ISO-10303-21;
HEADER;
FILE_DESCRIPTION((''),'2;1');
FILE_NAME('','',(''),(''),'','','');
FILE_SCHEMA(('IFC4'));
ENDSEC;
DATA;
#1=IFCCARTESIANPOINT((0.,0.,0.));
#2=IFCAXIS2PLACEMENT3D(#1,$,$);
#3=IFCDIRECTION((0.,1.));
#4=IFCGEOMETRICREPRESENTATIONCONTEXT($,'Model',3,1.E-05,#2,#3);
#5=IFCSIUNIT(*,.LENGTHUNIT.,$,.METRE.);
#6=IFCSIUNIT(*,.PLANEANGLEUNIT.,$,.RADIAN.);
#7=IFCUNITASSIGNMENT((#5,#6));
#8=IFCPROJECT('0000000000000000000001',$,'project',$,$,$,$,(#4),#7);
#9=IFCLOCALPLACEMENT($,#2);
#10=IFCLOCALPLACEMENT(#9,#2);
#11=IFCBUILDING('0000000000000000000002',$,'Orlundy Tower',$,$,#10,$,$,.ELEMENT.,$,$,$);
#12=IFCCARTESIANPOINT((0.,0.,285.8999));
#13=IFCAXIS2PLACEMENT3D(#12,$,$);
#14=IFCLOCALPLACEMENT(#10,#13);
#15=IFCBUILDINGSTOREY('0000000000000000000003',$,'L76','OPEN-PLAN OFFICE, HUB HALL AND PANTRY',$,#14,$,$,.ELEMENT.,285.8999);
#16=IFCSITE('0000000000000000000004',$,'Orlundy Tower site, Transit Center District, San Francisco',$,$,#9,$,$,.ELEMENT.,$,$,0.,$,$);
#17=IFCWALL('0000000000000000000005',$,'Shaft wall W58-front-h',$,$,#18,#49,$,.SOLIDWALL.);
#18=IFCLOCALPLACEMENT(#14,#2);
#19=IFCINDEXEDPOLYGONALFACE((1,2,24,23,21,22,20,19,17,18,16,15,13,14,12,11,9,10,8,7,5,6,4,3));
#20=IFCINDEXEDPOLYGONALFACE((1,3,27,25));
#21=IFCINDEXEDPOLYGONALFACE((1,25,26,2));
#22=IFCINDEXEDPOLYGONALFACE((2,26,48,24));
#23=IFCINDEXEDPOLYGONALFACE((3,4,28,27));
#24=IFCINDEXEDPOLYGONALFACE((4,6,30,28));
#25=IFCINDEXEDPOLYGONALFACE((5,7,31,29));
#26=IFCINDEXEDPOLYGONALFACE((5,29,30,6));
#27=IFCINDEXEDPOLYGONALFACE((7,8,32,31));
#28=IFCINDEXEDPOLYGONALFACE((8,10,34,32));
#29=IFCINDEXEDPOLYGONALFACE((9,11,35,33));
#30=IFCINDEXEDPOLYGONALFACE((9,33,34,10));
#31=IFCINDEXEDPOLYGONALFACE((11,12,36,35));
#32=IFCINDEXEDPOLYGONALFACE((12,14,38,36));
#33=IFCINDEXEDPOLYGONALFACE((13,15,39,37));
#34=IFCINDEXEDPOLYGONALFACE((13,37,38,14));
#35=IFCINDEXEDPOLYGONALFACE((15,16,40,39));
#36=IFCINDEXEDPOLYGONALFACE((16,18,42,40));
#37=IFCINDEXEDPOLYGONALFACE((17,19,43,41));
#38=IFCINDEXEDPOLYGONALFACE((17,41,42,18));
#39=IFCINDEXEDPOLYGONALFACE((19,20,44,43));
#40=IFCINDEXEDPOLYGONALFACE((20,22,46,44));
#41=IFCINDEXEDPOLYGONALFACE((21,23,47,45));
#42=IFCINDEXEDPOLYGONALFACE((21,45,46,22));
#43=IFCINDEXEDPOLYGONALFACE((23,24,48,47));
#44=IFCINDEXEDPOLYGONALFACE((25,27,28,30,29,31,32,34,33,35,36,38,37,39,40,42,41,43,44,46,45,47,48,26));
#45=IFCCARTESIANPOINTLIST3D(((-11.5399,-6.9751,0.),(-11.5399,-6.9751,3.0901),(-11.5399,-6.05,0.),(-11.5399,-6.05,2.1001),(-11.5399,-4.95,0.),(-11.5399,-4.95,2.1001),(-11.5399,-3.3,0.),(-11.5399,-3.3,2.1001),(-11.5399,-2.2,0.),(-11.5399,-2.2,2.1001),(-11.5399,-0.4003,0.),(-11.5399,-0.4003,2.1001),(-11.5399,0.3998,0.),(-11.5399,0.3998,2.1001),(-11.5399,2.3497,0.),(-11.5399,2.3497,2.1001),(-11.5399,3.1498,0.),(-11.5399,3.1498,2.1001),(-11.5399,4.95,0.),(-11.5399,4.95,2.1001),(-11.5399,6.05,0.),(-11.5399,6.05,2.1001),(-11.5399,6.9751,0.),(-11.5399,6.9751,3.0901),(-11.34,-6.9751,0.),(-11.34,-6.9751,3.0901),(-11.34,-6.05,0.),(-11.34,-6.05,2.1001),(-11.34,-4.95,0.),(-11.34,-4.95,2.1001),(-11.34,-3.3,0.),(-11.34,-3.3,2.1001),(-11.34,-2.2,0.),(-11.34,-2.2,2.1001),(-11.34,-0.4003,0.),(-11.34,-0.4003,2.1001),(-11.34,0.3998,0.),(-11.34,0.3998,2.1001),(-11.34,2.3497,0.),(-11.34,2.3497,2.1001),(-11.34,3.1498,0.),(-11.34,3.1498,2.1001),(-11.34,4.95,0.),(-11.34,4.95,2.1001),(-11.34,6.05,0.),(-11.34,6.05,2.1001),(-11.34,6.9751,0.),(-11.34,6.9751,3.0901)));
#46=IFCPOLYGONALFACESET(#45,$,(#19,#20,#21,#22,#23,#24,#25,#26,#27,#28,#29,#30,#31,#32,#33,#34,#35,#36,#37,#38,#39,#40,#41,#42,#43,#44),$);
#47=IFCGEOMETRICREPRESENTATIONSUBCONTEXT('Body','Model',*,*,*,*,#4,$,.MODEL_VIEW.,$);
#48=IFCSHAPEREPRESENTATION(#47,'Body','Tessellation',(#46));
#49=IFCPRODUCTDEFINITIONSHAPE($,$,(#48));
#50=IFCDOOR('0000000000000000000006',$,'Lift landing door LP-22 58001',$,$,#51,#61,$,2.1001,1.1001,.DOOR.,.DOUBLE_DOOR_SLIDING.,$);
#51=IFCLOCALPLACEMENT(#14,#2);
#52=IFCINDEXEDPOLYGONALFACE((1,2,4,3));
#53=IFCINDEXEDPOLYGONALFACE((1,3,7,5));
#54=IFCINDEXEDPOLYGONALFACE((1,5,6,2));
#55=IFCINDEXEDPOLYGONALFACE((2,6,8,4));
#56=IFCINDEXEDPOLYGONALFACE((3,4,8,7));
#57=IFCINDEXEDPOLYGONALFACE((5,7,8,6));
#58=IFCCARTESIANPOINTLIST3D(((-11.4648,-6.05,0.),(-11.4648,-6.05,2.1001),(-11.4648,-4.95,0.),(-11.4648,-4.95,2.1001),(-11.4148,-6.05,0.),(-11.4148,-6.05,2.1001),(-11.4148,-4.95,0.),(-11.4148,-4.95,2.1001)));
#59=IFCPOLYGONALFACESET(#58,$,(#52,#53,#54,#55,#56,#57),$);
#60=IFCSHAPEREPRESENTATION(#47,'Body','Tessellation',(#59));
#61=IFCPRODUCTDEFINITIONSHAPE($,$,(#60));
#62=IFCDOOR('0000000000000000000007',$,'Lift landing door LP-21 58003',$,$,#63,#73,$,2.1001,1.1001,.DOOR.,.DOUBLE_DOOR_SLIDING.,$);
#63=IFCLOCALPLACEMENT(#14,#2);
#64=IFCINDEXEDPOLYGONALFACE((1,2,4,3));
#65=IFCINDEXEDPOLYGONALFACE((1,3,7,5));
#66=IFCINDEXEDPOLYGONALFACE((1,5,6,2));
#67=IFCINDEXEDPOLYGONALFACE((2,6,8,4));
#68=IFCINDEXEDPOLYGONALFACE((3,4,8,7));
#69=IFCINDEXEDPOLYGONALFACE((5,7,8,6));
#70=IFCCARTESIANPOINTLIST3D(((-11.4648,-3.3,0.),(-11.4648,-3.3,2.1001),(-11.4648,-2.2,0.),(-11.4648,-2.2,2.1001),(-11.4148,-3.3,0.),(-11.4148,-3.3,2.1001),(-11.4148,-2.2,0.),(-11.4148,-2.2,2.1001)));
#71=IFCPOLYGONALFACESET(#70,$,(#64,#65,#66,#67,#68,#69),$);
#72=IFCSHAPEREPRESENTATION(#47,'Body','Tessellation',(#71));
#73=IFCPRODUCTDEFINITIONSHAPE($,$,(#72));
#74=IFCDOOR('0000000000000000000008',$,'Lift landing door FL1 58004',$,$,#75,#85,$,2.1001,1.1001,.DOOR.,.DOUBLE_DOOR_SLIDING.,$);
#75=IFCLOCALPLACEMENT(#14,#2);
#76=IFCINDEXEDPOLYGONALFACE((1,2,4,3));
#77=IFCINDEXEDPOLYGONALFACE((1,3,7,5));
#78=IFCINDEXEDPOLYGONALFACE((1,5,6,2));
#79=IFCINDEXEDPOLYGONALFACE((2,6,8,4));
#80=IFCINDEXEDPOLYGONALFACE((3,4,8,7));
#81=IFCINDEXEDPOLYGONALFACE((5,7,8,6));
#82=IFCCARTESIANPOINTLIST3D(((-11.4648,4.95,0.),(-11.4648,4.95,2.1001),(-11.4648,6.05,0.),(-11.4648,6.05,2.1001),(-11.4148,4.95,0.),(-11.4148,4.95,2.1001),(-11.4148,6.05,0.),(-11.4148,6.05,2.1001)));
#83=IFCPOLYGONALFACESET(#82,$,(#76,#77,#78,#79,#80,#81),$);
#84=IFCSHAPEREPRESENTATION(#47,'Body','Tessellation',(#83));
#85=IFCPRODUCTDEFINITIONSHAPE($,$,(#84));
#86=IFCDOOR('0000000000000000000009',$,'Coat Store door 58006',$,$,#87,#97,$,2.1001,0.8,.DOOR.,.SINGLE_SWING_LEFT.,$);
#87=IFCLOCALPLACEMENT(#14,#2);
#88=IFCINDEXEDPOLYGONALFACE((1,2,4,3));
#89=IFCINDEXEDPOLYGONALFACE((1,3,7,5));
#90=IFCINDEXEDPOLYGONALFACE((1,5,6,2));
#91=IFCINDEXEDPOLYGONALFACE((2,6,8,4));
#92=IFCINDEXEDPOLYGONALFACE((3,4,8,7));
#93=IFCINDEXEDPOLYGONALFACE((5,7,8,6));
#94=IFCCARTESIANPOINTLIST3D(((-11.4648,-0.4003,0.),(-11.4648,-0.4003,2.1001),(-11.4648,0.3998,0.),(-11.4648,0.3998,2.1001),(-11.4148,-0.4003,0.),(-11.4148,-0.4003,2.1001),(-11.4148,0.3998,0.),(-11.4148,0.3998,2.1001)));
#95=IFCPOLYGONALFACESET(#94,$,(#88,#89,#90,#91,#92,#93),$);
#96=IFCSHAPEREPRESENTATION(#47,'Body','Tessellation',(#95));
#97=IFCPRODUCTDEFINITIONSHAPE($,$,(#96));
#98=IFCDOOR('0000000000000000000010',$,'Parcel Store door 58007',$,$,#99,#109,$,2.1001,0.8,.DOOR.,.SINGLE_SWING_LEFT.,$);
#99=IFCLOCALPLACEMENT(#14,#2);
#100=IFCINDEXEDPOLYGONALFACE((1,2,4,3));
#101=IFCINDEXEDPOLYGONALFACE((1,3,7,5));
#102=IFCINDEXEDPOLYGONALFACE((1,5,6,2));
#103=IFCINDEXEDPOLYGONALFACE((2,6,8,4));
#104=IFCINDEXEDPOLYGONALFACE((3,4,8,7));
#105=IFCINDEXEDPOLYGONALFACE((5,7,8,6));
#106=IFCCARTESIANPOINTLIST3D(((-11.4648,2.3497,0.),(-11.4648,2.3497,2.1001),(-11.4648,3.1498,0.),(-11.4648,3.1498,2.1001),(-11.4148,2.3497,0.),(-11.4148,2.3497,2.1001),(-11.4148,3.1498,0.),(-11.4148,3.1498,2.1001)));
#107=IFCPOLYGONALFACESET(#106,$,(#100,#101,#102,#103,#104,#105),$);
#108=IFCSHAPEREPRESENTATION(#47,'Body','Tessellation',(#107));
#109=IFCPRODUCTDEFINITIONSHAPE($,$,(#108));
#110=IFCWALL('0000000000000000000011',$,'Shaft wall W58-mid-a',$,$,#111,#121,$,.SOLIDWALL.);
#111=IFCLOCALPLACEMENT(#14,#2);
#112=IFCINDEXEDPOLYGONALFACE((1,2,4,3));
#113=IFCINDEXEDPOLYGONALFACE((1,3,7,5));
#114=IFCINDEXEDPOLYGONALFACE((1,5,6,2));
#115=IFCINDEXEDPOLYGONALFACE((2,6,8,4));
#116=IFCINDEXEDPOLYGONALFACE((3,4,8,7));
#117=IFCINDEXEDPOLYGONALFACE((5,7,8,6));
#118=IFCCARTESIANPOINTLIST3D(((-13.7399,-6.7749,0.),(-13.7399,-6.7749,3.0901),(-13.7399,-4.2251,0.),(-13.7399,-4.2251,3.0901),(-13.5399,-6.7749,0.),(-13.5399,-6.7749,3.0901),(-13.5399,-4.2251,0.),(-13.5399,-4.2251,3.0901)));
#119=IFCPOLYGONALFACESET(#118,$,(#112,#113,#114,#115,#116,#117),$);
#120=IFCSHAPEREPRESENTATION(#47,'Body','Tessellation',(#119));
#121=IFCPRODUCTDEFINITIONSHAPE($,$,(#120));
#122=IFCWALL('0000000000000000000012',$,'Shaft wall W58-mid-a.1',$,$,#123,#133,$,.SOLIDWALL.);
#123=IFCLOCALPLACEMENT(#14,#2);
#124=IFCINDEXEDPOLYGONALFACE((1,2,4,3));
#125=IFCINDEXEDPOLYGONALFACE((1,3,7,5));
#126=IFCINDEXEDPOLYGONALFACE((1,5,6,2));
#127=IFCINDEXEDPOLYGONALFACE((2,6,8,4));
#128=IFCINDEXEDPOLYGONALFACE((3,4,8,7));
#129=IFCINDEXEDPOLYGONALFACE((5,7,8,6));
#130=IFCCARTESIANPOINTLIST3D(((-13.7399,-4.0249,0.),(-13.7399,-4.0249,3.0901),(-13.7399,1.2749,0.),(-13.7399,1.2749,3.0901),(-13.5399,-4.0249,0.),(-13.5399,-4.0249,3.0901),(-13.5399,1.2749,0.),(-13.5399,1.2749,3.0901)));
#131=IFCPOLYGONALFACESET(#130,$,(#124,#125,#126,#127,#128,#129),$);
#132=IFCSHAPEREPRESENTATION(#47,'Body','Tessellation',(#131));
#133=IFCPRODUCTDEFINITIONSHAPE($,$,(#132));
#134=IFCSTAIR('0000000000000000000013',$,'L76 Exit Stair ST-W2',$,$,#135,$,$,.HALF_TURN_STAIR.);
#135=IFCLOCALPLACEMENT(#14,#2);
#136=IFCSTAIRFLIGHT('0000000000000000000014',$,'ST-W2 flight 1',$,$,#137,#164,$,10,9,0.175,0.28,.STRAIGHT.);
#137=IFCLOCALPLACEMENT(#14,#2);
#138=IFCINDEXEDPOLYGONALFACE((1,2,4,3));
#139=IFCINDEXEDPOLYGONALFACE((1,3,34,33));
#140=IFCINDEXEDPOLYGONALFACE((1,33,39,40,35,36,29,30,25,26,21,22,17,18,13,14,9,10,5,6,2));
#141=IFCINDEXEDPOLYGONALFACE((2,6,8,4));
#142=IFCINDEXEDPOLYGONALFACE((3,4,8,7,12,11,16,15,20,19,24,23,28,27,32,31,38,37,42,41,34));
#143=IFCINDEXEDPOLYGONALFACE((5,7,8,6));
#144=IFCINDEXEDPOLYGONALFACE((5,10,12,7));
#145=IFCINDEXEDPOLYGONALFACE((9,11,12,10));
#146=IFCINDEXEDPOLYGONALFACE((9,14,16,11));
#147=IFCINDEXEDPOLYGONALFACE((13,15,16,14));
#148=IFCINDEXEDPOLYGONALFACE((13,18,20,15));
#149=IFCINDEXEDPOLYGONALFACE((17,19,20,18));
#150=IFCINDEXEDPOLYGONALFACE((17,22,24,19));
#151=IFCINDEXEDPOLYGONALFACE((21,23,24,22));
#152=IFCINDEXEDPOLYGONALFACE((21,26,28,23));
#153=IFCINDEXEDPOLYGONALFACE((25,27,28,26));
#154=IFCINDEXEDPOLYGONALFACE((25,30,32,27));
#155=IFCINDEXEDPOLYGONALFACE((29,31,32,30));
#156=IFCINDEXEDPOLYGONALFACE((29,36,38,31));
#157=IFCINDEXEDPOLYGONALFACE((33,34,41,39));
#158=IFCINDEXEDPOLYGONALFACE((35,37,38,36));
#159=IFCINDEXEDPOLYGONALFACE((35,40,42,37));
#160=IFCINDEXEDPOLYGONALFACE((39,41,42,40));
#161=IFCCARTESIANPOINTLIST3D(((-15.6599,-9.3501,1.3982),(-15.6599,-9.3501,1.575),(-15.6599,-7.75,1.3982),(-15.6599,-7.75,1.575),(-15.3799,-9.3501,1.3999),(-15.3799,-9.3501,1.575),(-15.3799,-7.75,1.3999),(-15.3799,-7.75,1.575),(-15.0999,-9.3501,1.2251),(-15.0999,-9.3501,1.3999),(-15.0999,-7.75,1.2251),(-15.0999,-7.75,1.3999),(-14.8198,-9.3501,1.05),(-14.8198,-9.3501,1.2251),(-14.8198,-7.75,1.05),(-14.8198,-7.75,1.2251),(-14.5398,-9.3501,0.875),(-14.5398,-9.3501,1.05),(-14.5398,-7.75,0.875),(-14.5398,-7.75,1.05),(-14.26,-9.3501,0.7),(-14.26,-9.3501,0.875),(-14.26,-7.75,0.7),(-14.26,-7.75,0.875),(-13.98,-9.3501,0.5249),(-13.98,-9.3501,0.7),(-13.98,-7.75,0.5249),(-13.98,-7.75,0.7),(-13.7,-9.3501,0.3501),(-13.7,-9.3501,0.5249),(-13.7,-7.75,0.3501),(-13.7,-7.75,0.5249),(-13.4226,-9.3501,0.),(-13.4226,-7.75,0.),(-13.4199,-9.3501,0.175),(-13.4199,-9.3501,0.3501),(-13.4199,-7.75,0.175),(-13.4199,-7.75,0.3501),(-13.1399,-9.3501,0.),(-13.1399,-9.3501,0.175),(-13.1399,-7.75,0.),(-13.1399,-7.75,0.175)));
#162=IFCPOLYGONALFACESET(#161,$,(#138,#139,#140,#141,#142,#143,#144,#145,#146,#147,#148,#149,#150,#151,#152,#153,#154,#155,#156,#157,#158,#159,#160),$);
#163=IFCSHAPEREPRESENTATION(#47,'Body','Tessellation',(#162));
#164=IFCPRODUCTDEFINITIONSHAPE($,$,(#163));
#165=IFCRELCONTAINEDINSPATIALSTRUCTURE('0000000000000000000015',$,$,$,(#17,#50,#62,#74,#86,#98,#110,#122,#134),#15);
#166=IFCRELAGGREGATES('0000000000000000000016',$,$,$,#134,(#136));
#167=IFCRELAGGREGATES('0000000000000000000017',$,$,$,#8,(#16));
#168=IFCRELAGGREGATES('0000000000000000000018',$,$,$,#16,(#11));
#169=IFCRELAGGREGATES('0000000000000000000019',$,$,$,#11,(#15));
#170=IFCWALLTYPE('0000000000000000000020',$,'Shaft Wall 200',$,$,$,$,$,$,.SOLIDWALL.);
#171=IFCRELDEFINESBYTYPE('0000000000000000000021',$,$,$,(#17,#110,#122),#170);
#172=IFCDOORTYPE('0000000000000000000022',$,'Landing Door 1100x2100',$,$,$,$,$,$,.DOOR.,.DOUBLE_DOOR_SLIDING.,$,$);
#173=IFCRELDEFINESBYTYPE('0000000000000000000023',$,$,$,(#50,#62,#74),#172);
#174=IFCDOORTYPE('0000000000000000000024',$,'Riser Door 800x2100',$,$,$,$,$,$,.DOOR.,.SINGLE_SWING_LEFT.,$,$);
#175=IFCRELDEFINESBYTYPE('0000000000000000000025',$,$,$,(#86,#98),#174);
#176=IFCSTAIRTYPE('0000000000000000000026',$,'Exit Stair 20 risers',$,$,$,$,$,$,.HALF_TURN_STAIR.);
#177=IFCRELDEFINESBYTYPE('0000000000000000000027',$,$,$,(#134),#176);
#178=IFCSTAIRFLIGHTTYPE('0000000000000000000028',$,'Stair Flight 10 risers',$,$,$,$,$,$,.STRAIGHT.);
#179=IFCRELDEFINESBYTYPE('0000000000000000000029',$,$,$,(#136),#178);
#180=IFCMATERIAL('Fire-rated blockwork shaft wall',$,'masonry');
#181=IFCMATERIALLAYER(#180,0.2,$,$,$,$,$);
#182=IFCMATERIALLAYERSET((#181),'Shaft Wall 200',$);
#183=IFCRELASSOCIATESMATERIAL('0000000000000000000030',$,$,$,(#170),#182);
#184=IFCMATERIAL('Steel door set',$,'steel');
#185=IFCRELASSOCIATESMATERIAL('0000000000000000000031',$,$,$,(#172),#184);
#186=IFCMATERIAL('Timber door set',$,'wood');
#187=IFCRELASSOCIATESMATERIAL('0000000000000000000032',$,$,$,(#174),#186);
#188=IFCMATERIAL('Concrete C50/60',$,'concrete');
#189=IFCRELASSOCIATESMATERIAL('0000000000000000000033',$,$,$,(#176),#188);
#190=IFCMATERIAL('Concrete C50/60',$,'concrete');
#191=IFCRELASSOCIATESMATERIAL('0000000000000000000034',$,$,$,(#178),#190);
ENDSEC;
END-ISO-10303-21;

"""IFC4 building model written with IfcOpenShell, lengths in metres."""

from ifc_helpers import new_model, si_unit, direction, frame, frame_2d, origin, place, context, subcontext, project, spatial, polyline, rectangle, outline, extrude, material, layer, layer_set, type_object, element, fill, aggregate, save


model = new_model("IFC4")

# Units and contexts
model_context = context("Model", 3, precision=1e-05, world=origin(), true_north=direction((0.0, 1.0)))
body_context = subcontext(model_context, "Body", "Model", "MODEL_VIEW")
ifc_project = project(units=[si_unit("LENGTHUNIT", "METRE"), si_unit("PLANEANGLEUNIT", "RADIAN")], contexts=[model_context])

# Site, building, storey
site_placement = place(None, origin())
site = spatial("IfcSite", under=ifc_project, at=site_placement, Name="Orlundy Tower site, Transit Center District, San Francisco", CompositionType="ELEMENT", RefElevation=0.0)
building_placement = place(site_placement, origin())
building = spatial("IfcBuilding", under=site, at=building_placement, Name="Orlundy Tower", CompositionType="ELEMENT")
storey_placement = place(building_placement, frame((0.0, 0.0, 285.8999)))
storey = spatial("IfcBuildingStorey", under=building, at=storey_placement, Name="L76", Description="OPEN-PLAN OFFICE, HUB HALL AND PANTRY", CompositionType="ELEMENT", Elevation=285.8999)

# Shared definitions
ifc_material_1 = material(Name="Fire-rated blockwork shaft wall", Category="masonry")
ifc_layer_1 = layer(ifc_material_1, 0.2)
ifc_layer_set_1 = layer_set([ifc_layer_1], Name="Shaft Wall 200")
wall_type_1 = type_object("IfcWallType", Name="Shaft Wall 200", PredefinedType="SOLIDWALL", material=ifc_layer_set_1)

# Wall, openings, doors
wall_1_placement = place(storey_placement, frame((-11.4399, -6.9751, 0.0), z_axis=(0.0, 0.0, 1.0), x_axis=(0.0, 1.0, 0.0)))
wall_1 = element("IfcWall", 1, at=wall_1_placement, inside=storey, type_object=wall_type_1, Name="Shaft wall W58-front-h", PredefinedType="SOLIDWALL", context=body_context, shape_type="SweptSolid", body=[
    extrude(rectangle(XDim=13.9502, YDim=0.2, at=frame_2d((6.9751, 0.0))), origin(), (0.0, 0.0, 1.0), 3.0901),
])
opening_1_placement = place(wall_1_placement, frame((0.925, 0.0, 0.0)))
opening_1 = element("IfcOpeningElement", 2, at=opening_1_placement, cuts=wall_1, PredefinedType="OPENING", context=body_context, shape_type="SweptSolid", body=[
    extrude(rectangle(XDim=1.1001, YDim=2.1001, at=frame_2d((0.55, 1.05))), frame((0.0, 0.1101, 0.0), z_axis=(0.0, -1.0, 0.0), x_axis=(1.0, 0.0, 0.0)), (0.0, 0.0, 1.0), 0.2202),
])
opening_2_placement = place(wall_1_placement, frame((3.675, 0.0, 0.0)))
opening_2 = element("IfcOpeningElement", 3, at=opening_2_placement, cuts=wall_1, PredefinedType="OPENING", context=body_context, shape_type="SweptSolid", body=[
    extrude(rectangle(XDim=1.1001, YDim=2.1001, at=frame_2d((0.55, 1.05))), frame((0.0, 0.1101, 0.0), z_axis=(0.0, -1.0, 0.0), x_axis=(1.0, 0.0, 0.0)), (0.0, 0.0, 1.0), 0.2202),
])
opening_3_placement = place(wall_1_placement, frame((11.925, 0.0, 0.0)))
opening_3 = element("IfcOpeningElement", 4, at=opening_3_placement, cuts=wall_1, PredefinedType="OPENING", context=body_context, shape_type="SweptSolid", body=[
    extrude(rectangle(XDim=1.1001, YDim=2.1001, at=frame_2d((0.55, 1.05))), frame((0.0, 0.1101, 0.0), z_axis=(0.0, -1.0, 0.0), x_axis=(1.0, 0.0, 0.0)), (0.0, 0.0, 1.0), 0.2202),
])
opening_4_placement = place(wall_1_placement, frame((6.575, 0.0, 0.0)))
opening_4 = element("IfcOpeningElement", 5, at=opening_4_placement, cuts=wall_1, PredefinedType="OPENING", context=body_context, shape_type="SweptSolid", body=[
    extrude(rectangle(XDim=0.8, YDim=2.1001, at=frame_2d((0.3999, 1.05))), frame((0.0, 0.1101, 0.0), z_axis=(0.0, -1.0, 0.0), x_axis=(1.0, 0.0, 0.0)), (0.0, 0.0, 1.0), 0.2202),
])
opening_5_placement = place(wall_1_placement, frame((9.325, 0.0, 0.0)))
opening_5 = element("IfcOpeningElement", 6, at=opening_5_placement, cuts=wall_1, PredefinedType="OPENING", context=body_context, shape_type="SweptSolid", body=[
    extrude(rectangle(XDim=0.8, YDim=2.1001, at=frame_2d((0.3999, 1.05))), frame((0.0, 0.1101, 0.0), z_axis=(0.0, -1.0, 0.0), x_axis=(1.0, 0.0, 0.0)), (0.0, 0.0, 1.0), 0.2202),
])
ifc_material_2 = material(Name="Steel door set", Category="steel")
door_type_1 = type_object("IfcDoorType", Name="Landing Door 1100x2100", OperationType="DOUBLE_DOOR_SLIDING", PredefinedType="DOOR", material=ifc_material_2)
door_1_placement = place(opening_1_placement, origin())
door_1 = element("IfcDoor", 7, at=door_1_placement, inside=storey, type_object=door_type_1, Name="Lift landing door LP-22 58001", OperationType="DOUBLE_DOOR_SLIDING", OverallHeight=2.1001, OverallWidth=1.1001, PredefinedType="DOOR", context=body_context, shape_type="SweptSolid", body=[
    extrude(rectangle(XDim=1.1001, YDim=2.1001, at=frame_2d((0.55, 1.05))), frame((0.0, 0.0249, 0.0), z_axis=(0.0, -1.0, 0.0), x_axis=(1.0, 0.0, 0.0)), (0.0, 0.0, 1.0), 0.05),
])
fill(opening_1, door_1)
door_2_placement = place(opening_2_placement, origin())
door_2 = element("IfcDoor", 8, at=door_2_placement, inside=storey, type_object=door_type_1, Name="Lift landing door LP-21 58003", OperationType="DOUBLE_DOOR_SLIDING", OverallHeight=2.1001, OverallWidth=1.1001, PredefinedType="DOOR", context=body_context, shape_type="SweptSolid", body=[
    extrude(rectangle(XDim=1.1001, YDim=2.1001, at=frame_2d((0.55, 1.05))), frame((0.0, 0.0249, 0.0), z_axis=(0.0, -1.0, 0.0), x_axis=(1.0, 0.0, 0.0)), (0.0, 0.0, 1.0), 0.05),
])
fill(opening_2, door_2)
door_3_placement = place(opening_3_placement, origin())
door_3 = element("IfcDoor", 9, at=door_3_placement, inside=storey, type_object=door_type_1, Name="Lift landing door FL1 58004", OperationType="DOUBLE_DOOR_SLIDING", OverallHeight=2.1001, OverallWidth=1.1001, PredefinedType="DOOR", context=body_context, shape_type="SweptSolid", body=[
    extrude(rectangle(XDim=1.1001, YDim=2.1001, at=frame_2d((0.55, 1.05))), frame((0.0, 0.0249, 0.0), z_axis=(0.0, -1.0, 0.0), x_axis=(1.0, 0.0, 0.0)), (0.0, 0.0, 1.0), 0.05),
])
fill(opening_3, door_3)
ifc_material_3 = material(Name="Timber door set", Category="wood")
door_type_2 = type_object("IfcDoorType", Name="Riser Door 800x2100", OperationType="SINGLE_SWING_LEFT", PredefinedType="DOOR", material=ifc_material_3)
door_4_placement = place(opening_4_placement, origin())
door_4 = element("IfcDoor", 10, at=door_4_placement, inside=storey, type_object=door_type_2, Name="Coat Store door 58006", OperationType="SINGLE_SWING_LEFT", OverallHeight=2.1001, OverallWidth=0.8, PredefinedType="DOOR", context=body_context, shape_type="SweptSolid", body=[
    extrude(rectangle(XDim=0.8, YDim=2.1001, at=frame_2d((0.3999, 1.05))), frame((0.0, 0.0249, 0.0), z_axis=(0.0, -1.0, 0.0), x_axis=(1.0, 0.0, 0.0)), (0.0, 0.0, 1.0), 0.05),
])
fill(opening_4, door_4)
door_5_placement = place(opening_5_placement, origin())
door_5 = element("IfcDoor", 11, at=door_5_placement, inside=storey, type_object=door_type_2, Name="Parcel Store door 58007", OperationType="SINGLE_SWING_LEFT", OverallHeight=2.1001, OverallWidth=0.8, PredefinedType="DOOR", context=body_context, shape_type="SweptSolid", body=[
    extrude(rectangle(XDim=0.8, YDim=2.1001, at=frame_2d((0.3999, 1.05))), frame((0.0, 0.0249, 0.0), z_axis=(0.0, -1.0, 0.0), x_axis=(1.0, 0.0, 0.0)), (0.0, 0.0, 1.0), 0.05),
])
fill(opening_5, door_5)

# Walls
wall_2_placement = place(storey_placement, frame((-13.6399, -6.7749, 0.0), z_axis=(0.0, 0.0, 1.0), x_axis=(0.0, 1.0, 0.0)))
element("IfcWall", 12, at=wall_2_placement, inside=storey, type_object=wall_type_1, Name="Shaft wall W58-mid-a", PredefinedType="SOLIDWALL", context=body_context, shape_type="SweptSolid", body=[
    extrude(rectangle(XDim=2.5498, YDim=0.2, at=frame_2d((1.2749, 0.0))), origin(), (0.0, 0.0, 1.0), 3.0901),
])
wall_3_placement = place(storey_placement, frame((-13.6399, -4.0249, 0.0), z_axis=(0.0, 0.0, 1.0), x_axis=(0.0, 1.0, 0.0)))
element("IfcWall", 13, at=wall_3_placement, inside=storey, type_object=wall_type_1, Name="Shaft wall W58-mid-a.1", PredefinedType="SOLIDWALL", context=body_context, shape_type="SweptSolid", body=[
    extrude(rectangle(XDim=5.2998, YDim=0.2, at=frame_2d((2.6499, 0.0))), origin(), (0.0, 0.0, 1.0), 3.0901),
])

# Stair, stair flight
ifc_material_4 = material(Name="Concrete C50/60", Category="concrete")
stair_type = type_object("IfcStairType", Name="Exit Stair 20 risers", PredefinedType="HALF_TURN_STAIR", material=ifc_material_4)
stair_placement = place(storey_placement, origin())
stair = element("IfcStair", 14, at=stair_placement, inside=storey, type_object=stair_type, Name="L76 Exit Stair ST-W2", PredefinedType="HALF_TURN_STAIR")
ifc_material_5 = material(Name="Concrete C50/60", Category="concrete")
stair_flight_type = type_object("IfcStairFlightType", Name="Stair Flight 10 risers", PredefinedType="STRAIGHT", material=ifc_material_5)
stair_flight_1_placement = place(storey_placement, frame((-13.1399, -8.55, 0.0), z_axis=(0.0, 0.0, 1.0), x_axis=(-1.0, 0.0, 0.0)))
stair_flight_1 = element("IfcStairFlight", 15, at=stair_flight_1_placement, type_object=stair_flight_type, Name="ST-W2 flight 1", NumberOfRisers=10, NumberOfTreads=9, PredefinedType="STRAIGHT", RiserHeight=0.175, TreadLength=0.28, context=body_context, shape_type="SweptSolid", body=[
    extrude(outline(polyline([(0.0, 0.0), (0.0, 0.175), (0.28, 0.175), (0.28, 0.3501), (0.5601, 0.3501), (0.5601, 0.5249), (0.8401, 0.5249), (0.8401, 0.7), (1.1201, 0.7), (1.1201, 0.875), (1.3999, 0.875), (1.3999, 1.05), (1.6799, 1.05), (1.6799, 1.2251), (1.96, 1.2251), (1.96, 1.3999), (2.24, 1.3999), (2.24, 1.575), (2.52, 1.575), (2.52, 1.75), (2.52, 1.3982), (0.2827, 0.0), (0.0, 0.0)])), frame((0.0, 0.8, 0.0), z_axis=(0.0, -1.0, 0.0), x_axis=(1.0, 0.0, 0.0)), (0.0, 0.0, 1.0), 1.6001),
])
aggregate(stair, [stair_flight_1])

save(model, "model.ifc")
